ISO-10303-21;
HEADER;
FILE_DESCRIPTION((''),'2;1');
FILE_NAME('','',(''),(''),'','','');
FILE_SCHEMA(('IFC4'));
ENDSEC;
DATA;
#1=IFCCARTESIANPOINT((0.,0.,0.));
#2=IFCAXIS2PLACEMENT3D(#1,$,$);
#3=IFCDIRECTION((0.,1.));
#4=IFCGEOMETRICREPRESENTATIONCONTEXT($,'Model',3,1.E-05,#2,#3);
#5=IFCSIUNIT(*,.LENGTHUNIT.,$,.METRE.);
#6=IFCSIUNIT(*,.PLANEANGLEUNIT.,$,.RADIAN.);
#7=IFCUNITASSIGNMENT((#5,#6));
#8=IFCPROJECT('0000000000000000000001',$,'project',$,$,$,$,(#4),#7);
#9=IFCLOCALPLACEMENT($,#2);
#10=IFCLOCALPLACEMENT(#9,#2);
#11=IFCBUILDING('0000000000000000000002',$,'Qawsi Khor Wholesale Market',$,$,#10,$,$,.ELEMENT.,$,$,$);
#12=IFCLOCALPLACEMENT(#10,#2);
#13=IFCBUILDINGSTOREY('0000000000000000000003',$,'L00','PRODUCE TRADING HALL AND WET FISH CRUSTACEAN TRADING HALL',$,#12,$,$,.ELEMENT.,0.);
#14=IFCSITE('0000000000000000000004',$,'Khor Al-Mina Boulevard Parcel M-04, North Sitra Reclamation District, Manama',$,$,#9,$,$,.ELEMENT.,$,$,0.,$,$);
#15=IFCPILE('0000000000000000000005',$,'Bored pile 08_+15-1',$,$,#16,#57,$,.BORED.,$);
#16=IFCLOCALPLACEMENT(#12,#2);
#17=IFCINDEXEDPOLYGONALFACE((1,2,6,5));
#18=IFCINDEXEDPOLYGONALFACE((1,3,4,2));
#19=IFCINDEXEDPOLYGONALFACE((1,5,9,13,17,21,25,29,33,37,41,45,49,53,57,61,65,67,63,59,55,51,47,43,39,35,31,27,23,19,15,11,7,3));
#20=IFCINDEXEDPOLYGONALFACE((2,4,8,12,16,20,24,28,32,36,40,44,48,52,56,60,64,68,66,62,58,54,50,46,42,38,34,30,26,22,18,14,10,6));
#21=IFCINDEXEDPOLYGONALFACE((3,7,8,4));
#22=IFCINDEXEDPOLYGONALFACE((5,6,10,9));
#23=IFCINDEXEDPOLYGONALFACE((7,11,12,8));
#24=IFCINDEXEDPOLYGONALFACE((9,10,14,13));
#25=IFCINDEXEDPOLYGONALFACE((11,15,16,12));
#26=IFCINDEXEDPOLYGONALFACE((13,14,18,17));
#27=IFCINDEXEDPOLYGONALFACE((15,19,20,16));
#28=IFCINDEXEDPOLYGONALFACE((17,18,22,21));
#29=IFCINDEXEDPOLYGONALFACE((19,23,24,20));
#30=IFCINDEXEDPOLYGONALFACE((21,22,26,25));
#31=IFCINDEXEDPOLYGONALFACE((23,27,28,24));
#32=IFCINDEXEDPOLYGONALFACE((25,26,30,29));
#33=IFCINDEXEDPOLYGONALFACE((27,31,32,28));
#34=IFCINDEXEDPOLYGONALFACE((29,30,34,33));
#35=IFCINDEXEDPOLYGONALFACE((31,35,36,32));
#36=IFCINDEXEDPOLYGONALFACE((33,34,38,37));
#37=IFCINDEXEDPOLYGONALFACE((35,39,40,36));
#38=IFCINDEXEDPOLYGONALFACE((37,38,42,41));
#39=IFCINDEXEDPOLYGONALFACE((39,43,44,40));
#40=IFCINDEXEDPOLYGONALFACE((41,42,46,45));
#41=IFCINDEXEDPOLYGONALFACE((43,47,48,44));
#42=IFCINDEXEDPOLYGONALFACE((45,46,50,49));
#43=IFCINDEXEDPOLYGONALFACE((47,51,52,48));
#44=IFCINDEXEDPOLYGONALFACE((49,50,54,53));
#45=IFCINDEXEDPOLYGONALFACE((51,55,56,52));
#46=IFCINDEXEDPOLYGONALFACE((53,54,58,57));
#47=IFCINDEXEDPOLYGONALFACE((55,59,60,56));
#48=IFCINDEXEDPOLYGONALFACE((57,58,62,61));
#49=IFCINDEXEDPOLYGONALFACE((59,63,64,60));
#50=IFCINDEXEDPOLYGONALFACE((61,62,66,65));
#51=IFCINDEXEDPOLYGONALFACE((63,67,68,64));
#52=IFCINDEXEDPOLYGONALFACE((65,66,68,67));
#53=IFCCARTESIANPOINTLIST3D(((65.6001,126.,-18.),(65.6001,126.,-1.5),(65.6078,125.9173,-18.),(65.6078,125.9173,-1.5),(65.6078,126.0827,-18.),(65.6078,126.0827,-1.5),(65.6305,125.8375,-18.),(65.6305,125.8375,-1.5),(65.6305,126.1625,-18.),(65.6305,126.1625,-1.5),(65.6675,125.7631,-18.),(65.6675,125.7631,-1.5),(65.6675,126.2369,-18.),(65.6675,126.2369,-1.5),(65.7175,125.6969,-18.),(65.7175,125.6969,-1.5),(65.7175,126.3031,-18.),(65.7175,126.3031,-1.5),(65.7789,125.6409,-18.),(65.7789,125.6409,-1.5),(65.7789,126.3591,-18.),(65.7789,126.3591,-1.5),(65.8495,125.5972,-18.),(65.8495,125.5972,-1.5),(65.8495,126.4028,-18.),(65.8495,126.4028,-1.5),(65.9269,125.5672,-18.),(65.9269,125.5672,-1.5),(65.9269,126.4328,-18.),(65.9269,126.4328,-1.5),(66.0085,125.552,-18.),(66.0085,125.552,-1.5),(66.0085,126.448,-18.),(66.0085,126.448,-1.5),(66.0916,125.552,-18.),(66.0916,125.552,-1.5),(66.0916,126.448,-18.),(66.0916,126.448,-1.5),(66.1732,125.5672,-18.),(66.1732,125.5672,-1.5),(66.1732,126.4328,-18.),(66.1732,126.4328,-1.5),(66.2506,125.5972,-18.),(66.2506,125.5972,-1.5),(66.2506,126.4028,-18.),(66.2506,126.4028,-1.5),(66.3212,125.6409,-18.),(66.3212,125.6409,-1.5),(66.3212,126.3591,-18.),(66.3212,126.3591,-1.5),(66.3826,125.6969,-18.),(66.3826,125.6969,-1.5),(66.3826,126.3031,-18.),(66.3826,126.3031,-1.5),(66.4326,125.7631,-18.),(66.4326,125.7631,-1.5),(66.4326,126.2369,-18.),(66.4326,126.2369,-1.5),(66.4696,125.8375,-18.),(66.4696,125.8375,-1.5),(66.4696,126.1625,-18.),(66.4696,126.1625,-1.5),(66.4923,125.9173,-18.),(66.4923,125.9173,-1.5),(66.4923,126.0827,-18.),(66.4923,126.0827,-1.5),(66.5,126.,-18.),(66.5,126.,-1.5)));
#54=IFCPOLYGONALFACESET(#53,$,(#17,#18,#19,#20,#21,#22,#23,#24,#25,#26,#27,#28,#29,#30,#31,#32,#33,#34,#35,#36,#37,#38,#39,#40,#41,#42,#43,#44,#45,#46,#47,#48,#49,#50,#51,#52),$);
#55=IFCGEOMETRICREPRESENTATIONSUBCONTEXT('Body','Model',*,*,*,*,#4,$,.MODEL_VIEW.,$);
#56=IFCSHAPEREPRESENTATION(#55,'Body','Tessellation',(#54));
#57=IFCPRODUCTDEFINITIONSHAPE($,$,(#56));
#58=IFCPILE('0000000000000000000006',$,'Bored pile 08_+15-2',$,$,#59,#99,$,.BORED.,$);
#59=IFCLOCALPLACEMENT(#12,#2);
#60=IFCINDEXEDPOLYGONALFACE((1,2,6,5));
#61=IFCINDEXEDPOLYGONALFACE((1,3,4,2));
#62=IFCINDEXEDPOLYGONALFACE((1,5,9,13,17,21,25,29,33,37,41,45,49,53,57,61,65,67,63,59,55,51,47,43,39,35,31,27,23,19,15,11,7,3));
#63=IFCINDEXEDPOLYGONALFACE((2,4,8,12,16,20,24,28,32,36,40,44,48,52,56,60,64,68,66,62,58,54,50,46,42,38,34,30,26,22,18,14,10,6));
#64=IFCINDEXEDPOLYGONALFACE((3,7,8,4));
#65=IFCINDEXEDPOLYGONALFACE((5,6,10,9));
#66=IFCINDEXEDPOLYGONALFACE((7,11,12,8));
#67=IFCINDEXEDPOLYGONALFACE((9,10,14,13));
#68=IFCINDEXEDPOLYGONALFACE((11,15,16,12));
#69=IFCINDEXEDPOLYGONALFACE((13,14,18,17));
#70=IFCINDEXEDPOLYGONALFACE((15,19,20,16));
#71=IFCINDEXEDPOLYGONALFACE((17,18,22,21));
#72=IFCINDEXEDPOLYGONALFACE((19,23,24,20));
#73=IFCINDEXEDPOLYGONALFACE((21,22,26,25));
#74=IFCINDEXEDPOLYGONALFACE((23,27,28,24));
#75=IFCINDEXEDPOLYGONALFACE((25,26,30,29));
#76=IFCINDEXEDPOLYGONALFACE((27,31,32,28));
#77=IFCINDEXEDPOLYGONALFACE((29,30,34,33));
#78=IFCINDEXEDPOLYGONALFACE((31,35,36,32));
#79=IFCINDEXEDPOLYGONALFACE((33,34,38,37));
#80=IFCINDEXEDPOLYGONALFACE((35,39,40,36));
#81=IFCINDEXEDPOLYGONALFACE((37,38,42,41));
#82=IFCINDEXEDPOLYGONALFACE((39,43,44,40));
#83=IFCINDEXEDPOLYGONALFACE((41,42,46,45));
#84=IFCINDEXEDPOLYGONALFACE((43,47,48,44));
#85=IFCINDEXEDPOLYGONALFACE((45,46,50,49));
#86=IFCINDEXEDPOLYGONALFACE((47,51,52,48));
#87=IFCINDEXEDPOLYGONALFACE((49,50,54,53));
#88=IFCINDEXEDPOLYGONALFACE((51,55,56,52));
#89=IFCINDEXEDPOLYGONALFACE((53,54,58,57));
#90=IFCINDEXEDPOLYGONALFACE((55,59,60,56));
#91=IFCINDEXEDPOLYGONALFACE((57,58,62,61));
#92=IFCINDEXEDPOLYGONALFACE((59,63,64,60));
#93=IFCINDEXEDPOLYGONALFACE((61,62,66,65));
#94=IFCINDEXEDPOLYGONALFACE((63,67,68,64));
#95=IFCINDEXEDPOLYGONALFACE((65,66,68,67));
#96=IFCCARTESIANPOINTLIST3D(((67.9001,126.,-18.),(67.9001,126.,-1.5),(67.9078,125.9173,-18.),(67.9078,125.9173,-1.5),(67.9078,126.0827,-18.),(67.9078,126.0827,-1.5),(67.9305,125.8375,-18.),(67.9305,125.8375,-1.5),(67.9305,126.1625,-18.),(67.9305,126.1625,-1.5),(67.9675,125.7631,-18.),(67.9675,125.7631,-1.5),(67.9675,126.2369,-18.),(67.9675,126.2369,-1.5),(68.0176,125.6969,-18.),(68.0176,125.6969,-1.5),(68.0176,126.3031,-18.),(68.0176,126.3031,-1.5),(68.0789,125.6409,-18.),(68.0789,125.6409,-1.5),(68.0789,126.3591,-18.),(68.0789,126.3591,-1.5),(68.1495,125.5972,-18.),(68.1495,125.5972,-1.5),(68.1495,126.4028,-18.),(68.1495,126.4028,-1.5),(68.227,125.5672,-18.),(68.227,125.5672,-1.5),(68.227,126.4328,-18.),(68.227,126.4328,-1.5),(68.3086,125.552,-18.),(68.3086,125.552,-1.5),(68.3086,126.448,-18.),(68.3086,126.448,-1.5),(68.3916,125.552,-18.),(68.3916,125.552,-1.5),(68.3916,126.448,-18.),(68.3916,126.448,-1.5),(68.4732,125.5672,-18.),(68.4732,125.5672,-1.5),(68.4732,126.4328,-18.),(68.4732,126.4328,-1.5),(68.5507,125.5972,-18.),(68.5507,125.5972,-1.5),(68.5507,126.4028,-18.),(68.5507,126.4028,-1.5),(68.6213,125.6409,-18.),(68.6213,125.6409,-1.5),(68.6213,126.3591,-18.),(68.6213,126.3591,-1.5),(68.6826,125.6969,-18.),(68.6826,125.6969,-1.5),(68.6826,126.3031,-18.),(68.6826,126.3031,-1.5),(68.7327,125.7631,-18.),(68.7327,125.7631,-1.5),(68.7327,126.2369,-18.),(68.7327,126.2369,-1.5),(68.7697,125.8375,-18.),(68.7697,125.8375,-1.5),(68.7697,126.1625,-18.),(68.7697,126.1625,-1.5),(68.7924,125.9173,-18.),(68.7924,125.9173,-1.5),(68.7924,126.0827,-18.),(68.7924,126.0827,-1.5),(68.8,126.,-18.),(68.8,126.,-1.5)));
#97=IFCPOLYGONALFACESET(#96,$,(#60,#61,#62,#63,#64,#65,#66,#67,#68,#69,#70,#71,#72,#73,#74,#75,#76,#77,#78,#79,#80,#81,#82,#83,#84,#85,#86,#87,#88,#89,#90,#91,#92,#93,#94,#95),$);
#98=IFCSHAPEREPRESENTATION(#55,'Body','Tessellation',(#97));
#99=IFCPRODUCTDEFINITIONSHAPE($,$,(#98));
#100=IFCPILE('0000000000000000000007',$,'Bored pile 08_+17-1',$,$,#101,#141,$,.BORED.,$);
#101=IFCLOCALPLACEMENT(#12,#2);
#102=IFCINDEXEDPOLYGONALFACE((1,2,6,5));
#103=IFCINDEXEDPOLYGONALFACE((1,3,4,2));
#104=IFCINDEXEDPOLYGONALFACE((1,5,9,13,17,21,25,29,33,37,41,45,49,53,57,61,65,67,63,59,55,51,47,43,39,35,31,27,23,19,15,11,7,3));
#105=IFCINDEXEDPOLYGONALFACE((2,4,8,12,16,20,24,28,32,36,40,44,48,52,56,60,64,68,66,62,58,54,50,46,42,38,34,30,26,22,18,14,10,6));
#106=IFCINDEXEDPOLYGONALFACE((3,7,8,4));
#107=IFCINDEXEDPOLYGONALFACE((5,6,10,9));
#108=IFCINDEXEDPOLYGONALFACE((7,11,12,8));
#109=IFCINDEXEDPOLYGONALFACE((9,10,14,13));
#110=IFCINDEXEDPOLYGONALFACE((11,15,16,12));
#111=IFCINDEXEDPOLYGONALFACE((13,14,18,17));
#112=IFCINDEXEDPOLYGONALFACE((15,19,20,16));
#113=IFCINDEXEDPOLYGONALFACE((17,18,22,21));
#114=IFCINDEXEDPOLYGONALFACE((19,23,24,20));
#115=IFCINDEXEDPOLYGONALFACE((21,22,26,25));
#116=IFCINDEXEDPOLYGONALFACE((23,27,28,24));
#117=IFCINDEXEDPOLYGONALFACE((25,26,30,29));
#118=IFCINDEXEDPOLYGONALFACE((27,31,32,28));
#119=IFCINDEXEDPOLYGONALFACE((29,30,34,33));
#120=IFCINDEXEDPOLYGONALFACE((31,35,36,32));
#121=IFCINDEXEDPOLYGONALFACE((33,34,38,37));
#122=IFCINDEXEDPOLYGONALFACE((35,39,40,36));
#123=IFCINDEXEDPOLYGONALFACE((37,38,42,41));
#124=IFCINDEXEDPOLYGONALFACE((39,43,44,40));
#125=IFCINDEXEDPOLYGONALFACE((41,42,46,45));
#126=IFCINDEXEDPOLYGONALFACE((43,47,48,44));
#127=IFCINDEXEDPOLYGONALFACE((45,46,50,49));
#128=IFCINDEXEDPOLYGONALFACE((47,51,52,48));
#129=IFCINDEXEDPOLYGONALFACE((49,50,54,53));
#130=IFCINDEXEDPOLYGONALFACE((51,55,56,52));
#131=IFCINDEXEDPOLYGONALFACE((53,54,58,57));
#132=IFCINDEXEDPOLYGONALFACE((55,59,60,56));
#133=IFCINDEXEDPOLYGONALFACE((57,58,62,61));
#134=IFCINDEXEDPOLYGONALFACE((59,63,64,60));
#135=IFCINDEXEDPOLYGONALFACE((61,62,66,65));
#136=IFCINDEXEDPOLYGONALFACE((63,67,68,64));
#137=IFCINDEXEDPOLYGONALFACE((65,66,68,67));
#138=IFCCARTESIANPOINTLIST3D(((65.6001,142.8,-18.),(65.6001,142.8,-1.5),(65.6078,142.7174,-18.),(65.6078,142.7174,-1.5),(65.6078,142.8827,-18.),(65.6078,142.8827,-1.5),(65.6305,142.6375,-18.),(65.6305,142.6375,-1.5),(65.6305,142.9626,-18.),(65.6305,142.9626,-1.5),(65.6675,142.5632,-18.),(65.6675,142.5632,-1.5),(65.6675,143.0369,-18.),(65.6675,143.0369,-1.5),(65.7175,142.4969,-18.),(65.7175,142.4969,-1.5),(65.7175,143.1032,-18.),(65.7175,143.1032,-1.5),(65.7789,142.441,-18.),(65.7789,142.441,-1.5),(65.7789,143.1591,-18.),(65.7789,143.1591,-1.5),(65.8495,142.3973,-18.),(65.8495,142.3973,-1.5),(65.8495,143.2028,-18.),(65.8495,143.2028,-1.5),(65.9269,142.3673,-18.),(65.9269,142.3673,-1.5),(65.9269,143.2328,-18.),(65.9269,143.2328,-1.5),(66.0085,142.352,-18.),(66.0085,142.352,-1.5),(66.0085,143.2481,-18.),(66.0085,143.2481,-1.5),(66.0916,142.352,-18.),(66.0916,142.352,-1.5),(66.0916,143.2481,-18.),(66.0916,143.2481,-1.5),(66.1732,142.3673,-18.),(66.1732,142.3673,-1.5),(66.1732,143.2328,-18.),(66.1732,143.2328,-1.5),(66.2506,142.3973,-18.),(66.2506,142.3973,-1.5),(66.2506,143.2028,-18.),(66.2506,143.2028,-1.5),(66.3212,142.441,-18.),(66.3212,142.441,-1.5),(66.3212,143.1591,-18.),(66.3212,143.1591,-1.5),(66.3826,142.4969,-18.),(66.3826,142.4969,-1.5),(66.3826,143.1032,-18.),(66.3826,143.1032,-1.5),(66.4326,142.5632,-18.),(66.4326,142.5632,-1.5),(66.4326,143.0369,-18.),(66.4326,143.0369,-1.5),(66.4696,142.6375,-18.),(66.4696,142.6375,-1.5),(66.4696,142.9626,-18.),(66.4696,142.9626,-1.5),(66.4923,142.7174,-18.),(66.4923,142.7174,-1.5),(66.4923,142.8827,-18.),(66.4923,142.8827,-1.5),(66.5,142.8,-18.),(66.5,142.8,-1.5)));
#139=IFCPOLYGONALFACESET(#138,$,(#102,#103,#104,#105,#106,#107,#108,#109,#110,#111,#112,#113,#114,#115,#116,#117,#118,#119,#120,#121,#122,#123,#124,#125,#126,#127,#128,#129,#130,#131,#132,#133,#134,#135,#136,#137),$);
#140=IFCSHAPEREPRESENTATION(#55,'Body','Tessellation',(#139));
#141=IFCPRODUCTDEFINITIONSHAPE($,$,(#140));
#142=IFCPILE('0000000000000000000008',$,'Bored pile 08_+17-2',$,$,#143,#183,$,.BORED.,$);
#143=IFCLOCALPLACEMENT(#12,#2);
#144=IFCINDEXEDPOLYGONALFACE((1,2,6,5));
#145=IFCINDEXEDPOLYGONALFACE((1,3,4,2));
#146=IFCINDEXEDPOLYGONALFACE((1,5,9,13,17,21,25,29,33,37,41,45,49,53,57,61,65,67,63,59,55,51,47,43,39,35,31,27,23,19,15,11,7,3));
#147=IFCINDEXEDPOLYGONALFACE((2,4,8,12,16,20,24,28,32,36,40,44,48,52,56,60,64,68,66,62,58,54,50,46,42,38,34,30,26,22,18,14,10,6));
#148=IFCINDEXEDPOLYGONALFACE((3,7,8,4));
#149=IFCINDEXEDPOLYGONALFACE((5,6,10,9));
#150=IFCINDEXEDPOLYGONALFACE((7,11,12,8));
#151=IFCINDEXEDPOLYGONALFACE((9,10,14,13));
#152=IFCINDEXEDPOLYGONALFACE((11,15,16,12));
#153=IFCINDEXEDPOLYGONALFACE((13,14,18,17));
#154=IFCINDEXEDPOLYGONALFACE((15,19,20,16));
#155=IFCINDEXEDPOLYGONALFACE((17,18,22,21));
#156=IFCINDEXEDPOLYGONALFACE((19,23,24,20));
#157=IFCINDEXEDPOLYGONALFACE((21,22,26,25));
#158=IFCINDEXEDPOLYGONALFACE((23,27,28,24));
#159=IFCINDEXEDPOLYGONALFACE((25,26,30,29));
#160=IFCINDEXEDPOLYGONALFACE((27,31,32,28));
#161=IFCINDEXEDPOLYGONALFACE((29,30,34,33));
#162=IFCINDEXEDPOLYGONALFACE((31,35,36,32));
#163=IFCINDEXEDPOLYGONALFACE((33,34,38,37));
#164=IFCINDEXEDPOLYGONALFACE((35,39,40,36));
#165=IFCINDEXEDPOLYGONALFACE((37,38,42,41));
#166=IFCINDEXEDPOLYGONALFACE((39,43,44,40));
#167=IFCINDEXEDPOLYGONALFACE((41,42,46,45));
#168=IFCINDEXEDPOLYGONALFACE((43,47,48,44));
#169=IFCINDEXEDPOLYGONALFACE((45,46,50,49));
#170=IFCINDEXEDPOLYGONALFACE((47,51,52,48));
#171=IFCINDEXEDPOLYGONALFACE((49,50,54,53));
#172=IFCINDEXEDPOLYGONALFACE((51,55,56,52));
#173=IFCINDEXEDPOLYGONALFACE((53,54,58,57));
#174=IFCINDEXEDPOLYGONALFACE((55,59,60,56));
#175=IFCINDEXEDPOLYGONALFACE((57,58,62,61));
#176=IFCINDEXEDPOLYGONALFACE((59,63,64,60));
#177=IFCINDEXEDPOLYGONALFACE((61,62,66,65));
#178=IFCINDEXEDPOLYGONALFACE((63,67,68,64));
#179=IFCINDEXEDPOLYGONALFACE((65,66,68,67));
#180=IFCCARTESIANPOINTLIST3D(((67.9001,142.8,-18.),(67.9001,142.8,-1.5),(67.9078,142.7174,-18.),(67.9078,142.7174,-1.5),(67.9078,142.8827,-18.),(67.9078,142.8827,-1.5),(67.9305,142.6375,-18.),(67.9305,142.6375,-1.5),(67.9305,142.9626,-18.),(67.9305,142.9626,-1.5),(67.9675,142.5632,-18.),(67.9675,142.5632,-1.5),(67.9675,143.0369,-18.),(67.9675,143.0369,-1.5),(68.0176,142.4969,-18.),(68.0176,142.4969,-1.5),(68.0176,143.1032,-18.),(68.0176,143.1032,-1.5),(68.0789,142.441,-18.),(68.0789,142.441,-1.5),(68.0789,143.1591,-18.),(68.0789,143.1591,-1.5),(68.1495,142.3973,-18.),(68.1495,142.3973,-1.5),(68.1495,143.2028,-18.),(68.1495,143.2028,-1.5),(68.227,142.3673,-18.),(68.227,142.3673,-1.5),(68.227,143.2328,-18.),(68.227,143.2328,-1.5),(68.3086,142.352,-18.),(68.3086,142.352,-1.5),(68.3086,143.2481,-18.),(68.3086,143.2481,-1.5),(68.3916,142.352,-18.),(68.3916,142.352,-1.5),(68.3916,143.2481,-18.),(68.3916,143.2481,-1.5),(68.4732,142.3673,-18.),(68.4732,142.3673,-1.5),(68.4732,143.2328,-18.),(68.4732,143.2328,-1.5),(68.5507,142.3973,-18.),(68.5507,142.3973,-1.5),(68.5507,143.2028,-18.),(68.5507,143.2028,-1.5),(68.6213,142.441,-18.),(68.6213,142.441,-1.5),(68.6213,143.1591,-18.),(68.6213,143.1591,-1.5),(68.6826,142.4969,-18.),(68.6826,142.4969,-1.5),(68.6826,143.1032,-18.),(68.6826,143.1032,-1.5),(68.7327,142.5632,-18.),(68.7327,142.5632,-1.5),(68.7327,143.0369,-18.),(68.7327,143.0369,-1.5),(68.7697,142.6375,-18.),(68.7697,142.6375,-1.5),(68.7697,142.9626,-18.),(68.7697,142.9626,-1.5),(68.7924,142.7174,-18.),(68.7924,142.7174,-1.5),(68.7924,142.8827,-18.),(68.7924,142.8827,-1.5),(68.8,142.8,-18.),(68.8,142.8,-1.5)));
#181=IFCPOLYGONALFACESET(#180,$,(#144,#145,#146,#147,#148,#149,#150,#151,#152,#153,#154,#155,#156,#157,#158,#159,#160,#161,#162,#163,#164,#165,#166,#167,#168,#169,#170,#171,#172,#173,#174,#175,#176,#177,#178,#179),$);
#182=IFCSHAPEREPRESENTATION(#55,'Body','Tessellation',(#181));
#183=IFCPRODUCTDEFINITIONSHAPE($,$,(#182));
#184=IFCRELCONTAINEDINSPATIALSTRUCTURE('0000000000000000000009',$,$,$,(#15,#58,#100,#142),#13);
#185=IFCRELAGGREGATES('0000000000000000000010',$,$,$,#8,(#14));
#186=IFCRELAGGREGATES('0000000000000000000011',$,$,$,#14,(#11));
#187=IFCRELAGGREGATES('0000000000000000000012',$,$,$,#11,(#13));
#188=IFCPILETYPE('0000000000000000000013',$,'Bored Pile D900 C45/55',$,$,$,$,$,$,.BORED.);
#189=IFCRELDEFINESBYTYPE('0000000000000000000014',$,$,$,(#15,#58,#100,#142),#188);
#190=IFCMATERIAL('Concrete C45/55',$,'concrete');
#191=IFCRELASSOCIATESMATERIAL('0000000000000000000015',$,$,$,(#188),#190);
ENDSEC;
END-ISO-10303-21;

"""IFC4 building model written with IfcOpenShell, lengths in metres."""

from ifc_helpers import new_model, si_unit, direction, frame, origin, origin_2d, place, context, subcontext, project, spatial, circle, extrude, material, material_profile, profile_set, type_object, element, save


model = new_model("IFC4")

# Units and contexts
model_context = context("Model", 3, precision=1e-05, world=origin(), true_north=direction((0.0, 1.0)))
body_context = subcontext(model_context, "Body", "Model", "MODEL_VIEW")
ifc_project = project(units=[si_unit("LENGTHUNIT", "METRE"), si_unit("PLANEANGLEUNIT", "RADIAN")], contexts=[model_context])

# Site, building, storey
site_placement = place(None, origin())
site = spatial("IfcSite", under=ifc_project, at=site_placement, Name="Khor Al-Mina Boulevard Parcel M-04, North Sitra Reclamation District, Manama", CompositionType="ELEMENT", RefElevation=0.0)
building_placement = place(site_placement, origin())
building = spatial("IfcBuilding", under=site, at=building_placement, Name="Qawsi Khor Wholesale Market", CompositionType="ELEMENT")
storey_placement = place(building_placement, origin())
storey = spatial("IfcBuildingStorey", under=building, at=storey_placement, Name="L00", Description="PRODUCE TRADING HALL AND WET FISH CRUSTACEAN TRADING HALL", CompositionType="ELEMENT", Elevation=0.0)

# Piles
ifc_material_1 = material(Name="Concrete C45/55", Category="concrete")
ifc_material_profile_1 = material_profile(ifc_material_1, circle(Radius=0.45, at=origin_2d()), Name="PILE D900")
ifc_profile_set_1 = profile_set([ifc_material_profile_1], Name="Concrete C45/55")
pile_type = type_object("IfcPileType", Name="Bored Pile D900 C45/55", PredefinedType="BORED", material=ifc_profile_set_1)
for number, where, z_axis, x_axis, name in (
    (1, (66.05, 126.0, -1.5), (0.0, 0.0, -1.0), (1.0, 0.0, 0.0), "Bored pile 08_+15-1"),
    (2, (68.3501, 126.0, -1.5), (0.0, 0.0, -1.0), (1.0, 0.0, 0.0), "Bored pile 08_+15-2"),
    (3, (66.05, 142.8, -1.5), (0.0, 0.0, -1.0), (1.0, 0.0, 0.0), "Bored pile 08_+17-1"),
    (4, (68.3501, 142.8, -1.5), (0.0, 0.0, -1.0), (1.0, 0.0, 0.0), "Bored pile 08_+17-2"),
):
    element("IfcPile", number, at=place(storey_placement, frame(where, z_axis=z_axis, x_axis=x_axis)), inside=storey, type_object=pile_type, Name=name, PredefinedType="BORED", context=body_context, shape_type="SweptSolid", body=[
        extrude(circle(Radius=0.45, at=origin_2d()), origin(), (0.0, 0.0, 1.0), 16.5),
    ])

save(model, "model.ifc")
